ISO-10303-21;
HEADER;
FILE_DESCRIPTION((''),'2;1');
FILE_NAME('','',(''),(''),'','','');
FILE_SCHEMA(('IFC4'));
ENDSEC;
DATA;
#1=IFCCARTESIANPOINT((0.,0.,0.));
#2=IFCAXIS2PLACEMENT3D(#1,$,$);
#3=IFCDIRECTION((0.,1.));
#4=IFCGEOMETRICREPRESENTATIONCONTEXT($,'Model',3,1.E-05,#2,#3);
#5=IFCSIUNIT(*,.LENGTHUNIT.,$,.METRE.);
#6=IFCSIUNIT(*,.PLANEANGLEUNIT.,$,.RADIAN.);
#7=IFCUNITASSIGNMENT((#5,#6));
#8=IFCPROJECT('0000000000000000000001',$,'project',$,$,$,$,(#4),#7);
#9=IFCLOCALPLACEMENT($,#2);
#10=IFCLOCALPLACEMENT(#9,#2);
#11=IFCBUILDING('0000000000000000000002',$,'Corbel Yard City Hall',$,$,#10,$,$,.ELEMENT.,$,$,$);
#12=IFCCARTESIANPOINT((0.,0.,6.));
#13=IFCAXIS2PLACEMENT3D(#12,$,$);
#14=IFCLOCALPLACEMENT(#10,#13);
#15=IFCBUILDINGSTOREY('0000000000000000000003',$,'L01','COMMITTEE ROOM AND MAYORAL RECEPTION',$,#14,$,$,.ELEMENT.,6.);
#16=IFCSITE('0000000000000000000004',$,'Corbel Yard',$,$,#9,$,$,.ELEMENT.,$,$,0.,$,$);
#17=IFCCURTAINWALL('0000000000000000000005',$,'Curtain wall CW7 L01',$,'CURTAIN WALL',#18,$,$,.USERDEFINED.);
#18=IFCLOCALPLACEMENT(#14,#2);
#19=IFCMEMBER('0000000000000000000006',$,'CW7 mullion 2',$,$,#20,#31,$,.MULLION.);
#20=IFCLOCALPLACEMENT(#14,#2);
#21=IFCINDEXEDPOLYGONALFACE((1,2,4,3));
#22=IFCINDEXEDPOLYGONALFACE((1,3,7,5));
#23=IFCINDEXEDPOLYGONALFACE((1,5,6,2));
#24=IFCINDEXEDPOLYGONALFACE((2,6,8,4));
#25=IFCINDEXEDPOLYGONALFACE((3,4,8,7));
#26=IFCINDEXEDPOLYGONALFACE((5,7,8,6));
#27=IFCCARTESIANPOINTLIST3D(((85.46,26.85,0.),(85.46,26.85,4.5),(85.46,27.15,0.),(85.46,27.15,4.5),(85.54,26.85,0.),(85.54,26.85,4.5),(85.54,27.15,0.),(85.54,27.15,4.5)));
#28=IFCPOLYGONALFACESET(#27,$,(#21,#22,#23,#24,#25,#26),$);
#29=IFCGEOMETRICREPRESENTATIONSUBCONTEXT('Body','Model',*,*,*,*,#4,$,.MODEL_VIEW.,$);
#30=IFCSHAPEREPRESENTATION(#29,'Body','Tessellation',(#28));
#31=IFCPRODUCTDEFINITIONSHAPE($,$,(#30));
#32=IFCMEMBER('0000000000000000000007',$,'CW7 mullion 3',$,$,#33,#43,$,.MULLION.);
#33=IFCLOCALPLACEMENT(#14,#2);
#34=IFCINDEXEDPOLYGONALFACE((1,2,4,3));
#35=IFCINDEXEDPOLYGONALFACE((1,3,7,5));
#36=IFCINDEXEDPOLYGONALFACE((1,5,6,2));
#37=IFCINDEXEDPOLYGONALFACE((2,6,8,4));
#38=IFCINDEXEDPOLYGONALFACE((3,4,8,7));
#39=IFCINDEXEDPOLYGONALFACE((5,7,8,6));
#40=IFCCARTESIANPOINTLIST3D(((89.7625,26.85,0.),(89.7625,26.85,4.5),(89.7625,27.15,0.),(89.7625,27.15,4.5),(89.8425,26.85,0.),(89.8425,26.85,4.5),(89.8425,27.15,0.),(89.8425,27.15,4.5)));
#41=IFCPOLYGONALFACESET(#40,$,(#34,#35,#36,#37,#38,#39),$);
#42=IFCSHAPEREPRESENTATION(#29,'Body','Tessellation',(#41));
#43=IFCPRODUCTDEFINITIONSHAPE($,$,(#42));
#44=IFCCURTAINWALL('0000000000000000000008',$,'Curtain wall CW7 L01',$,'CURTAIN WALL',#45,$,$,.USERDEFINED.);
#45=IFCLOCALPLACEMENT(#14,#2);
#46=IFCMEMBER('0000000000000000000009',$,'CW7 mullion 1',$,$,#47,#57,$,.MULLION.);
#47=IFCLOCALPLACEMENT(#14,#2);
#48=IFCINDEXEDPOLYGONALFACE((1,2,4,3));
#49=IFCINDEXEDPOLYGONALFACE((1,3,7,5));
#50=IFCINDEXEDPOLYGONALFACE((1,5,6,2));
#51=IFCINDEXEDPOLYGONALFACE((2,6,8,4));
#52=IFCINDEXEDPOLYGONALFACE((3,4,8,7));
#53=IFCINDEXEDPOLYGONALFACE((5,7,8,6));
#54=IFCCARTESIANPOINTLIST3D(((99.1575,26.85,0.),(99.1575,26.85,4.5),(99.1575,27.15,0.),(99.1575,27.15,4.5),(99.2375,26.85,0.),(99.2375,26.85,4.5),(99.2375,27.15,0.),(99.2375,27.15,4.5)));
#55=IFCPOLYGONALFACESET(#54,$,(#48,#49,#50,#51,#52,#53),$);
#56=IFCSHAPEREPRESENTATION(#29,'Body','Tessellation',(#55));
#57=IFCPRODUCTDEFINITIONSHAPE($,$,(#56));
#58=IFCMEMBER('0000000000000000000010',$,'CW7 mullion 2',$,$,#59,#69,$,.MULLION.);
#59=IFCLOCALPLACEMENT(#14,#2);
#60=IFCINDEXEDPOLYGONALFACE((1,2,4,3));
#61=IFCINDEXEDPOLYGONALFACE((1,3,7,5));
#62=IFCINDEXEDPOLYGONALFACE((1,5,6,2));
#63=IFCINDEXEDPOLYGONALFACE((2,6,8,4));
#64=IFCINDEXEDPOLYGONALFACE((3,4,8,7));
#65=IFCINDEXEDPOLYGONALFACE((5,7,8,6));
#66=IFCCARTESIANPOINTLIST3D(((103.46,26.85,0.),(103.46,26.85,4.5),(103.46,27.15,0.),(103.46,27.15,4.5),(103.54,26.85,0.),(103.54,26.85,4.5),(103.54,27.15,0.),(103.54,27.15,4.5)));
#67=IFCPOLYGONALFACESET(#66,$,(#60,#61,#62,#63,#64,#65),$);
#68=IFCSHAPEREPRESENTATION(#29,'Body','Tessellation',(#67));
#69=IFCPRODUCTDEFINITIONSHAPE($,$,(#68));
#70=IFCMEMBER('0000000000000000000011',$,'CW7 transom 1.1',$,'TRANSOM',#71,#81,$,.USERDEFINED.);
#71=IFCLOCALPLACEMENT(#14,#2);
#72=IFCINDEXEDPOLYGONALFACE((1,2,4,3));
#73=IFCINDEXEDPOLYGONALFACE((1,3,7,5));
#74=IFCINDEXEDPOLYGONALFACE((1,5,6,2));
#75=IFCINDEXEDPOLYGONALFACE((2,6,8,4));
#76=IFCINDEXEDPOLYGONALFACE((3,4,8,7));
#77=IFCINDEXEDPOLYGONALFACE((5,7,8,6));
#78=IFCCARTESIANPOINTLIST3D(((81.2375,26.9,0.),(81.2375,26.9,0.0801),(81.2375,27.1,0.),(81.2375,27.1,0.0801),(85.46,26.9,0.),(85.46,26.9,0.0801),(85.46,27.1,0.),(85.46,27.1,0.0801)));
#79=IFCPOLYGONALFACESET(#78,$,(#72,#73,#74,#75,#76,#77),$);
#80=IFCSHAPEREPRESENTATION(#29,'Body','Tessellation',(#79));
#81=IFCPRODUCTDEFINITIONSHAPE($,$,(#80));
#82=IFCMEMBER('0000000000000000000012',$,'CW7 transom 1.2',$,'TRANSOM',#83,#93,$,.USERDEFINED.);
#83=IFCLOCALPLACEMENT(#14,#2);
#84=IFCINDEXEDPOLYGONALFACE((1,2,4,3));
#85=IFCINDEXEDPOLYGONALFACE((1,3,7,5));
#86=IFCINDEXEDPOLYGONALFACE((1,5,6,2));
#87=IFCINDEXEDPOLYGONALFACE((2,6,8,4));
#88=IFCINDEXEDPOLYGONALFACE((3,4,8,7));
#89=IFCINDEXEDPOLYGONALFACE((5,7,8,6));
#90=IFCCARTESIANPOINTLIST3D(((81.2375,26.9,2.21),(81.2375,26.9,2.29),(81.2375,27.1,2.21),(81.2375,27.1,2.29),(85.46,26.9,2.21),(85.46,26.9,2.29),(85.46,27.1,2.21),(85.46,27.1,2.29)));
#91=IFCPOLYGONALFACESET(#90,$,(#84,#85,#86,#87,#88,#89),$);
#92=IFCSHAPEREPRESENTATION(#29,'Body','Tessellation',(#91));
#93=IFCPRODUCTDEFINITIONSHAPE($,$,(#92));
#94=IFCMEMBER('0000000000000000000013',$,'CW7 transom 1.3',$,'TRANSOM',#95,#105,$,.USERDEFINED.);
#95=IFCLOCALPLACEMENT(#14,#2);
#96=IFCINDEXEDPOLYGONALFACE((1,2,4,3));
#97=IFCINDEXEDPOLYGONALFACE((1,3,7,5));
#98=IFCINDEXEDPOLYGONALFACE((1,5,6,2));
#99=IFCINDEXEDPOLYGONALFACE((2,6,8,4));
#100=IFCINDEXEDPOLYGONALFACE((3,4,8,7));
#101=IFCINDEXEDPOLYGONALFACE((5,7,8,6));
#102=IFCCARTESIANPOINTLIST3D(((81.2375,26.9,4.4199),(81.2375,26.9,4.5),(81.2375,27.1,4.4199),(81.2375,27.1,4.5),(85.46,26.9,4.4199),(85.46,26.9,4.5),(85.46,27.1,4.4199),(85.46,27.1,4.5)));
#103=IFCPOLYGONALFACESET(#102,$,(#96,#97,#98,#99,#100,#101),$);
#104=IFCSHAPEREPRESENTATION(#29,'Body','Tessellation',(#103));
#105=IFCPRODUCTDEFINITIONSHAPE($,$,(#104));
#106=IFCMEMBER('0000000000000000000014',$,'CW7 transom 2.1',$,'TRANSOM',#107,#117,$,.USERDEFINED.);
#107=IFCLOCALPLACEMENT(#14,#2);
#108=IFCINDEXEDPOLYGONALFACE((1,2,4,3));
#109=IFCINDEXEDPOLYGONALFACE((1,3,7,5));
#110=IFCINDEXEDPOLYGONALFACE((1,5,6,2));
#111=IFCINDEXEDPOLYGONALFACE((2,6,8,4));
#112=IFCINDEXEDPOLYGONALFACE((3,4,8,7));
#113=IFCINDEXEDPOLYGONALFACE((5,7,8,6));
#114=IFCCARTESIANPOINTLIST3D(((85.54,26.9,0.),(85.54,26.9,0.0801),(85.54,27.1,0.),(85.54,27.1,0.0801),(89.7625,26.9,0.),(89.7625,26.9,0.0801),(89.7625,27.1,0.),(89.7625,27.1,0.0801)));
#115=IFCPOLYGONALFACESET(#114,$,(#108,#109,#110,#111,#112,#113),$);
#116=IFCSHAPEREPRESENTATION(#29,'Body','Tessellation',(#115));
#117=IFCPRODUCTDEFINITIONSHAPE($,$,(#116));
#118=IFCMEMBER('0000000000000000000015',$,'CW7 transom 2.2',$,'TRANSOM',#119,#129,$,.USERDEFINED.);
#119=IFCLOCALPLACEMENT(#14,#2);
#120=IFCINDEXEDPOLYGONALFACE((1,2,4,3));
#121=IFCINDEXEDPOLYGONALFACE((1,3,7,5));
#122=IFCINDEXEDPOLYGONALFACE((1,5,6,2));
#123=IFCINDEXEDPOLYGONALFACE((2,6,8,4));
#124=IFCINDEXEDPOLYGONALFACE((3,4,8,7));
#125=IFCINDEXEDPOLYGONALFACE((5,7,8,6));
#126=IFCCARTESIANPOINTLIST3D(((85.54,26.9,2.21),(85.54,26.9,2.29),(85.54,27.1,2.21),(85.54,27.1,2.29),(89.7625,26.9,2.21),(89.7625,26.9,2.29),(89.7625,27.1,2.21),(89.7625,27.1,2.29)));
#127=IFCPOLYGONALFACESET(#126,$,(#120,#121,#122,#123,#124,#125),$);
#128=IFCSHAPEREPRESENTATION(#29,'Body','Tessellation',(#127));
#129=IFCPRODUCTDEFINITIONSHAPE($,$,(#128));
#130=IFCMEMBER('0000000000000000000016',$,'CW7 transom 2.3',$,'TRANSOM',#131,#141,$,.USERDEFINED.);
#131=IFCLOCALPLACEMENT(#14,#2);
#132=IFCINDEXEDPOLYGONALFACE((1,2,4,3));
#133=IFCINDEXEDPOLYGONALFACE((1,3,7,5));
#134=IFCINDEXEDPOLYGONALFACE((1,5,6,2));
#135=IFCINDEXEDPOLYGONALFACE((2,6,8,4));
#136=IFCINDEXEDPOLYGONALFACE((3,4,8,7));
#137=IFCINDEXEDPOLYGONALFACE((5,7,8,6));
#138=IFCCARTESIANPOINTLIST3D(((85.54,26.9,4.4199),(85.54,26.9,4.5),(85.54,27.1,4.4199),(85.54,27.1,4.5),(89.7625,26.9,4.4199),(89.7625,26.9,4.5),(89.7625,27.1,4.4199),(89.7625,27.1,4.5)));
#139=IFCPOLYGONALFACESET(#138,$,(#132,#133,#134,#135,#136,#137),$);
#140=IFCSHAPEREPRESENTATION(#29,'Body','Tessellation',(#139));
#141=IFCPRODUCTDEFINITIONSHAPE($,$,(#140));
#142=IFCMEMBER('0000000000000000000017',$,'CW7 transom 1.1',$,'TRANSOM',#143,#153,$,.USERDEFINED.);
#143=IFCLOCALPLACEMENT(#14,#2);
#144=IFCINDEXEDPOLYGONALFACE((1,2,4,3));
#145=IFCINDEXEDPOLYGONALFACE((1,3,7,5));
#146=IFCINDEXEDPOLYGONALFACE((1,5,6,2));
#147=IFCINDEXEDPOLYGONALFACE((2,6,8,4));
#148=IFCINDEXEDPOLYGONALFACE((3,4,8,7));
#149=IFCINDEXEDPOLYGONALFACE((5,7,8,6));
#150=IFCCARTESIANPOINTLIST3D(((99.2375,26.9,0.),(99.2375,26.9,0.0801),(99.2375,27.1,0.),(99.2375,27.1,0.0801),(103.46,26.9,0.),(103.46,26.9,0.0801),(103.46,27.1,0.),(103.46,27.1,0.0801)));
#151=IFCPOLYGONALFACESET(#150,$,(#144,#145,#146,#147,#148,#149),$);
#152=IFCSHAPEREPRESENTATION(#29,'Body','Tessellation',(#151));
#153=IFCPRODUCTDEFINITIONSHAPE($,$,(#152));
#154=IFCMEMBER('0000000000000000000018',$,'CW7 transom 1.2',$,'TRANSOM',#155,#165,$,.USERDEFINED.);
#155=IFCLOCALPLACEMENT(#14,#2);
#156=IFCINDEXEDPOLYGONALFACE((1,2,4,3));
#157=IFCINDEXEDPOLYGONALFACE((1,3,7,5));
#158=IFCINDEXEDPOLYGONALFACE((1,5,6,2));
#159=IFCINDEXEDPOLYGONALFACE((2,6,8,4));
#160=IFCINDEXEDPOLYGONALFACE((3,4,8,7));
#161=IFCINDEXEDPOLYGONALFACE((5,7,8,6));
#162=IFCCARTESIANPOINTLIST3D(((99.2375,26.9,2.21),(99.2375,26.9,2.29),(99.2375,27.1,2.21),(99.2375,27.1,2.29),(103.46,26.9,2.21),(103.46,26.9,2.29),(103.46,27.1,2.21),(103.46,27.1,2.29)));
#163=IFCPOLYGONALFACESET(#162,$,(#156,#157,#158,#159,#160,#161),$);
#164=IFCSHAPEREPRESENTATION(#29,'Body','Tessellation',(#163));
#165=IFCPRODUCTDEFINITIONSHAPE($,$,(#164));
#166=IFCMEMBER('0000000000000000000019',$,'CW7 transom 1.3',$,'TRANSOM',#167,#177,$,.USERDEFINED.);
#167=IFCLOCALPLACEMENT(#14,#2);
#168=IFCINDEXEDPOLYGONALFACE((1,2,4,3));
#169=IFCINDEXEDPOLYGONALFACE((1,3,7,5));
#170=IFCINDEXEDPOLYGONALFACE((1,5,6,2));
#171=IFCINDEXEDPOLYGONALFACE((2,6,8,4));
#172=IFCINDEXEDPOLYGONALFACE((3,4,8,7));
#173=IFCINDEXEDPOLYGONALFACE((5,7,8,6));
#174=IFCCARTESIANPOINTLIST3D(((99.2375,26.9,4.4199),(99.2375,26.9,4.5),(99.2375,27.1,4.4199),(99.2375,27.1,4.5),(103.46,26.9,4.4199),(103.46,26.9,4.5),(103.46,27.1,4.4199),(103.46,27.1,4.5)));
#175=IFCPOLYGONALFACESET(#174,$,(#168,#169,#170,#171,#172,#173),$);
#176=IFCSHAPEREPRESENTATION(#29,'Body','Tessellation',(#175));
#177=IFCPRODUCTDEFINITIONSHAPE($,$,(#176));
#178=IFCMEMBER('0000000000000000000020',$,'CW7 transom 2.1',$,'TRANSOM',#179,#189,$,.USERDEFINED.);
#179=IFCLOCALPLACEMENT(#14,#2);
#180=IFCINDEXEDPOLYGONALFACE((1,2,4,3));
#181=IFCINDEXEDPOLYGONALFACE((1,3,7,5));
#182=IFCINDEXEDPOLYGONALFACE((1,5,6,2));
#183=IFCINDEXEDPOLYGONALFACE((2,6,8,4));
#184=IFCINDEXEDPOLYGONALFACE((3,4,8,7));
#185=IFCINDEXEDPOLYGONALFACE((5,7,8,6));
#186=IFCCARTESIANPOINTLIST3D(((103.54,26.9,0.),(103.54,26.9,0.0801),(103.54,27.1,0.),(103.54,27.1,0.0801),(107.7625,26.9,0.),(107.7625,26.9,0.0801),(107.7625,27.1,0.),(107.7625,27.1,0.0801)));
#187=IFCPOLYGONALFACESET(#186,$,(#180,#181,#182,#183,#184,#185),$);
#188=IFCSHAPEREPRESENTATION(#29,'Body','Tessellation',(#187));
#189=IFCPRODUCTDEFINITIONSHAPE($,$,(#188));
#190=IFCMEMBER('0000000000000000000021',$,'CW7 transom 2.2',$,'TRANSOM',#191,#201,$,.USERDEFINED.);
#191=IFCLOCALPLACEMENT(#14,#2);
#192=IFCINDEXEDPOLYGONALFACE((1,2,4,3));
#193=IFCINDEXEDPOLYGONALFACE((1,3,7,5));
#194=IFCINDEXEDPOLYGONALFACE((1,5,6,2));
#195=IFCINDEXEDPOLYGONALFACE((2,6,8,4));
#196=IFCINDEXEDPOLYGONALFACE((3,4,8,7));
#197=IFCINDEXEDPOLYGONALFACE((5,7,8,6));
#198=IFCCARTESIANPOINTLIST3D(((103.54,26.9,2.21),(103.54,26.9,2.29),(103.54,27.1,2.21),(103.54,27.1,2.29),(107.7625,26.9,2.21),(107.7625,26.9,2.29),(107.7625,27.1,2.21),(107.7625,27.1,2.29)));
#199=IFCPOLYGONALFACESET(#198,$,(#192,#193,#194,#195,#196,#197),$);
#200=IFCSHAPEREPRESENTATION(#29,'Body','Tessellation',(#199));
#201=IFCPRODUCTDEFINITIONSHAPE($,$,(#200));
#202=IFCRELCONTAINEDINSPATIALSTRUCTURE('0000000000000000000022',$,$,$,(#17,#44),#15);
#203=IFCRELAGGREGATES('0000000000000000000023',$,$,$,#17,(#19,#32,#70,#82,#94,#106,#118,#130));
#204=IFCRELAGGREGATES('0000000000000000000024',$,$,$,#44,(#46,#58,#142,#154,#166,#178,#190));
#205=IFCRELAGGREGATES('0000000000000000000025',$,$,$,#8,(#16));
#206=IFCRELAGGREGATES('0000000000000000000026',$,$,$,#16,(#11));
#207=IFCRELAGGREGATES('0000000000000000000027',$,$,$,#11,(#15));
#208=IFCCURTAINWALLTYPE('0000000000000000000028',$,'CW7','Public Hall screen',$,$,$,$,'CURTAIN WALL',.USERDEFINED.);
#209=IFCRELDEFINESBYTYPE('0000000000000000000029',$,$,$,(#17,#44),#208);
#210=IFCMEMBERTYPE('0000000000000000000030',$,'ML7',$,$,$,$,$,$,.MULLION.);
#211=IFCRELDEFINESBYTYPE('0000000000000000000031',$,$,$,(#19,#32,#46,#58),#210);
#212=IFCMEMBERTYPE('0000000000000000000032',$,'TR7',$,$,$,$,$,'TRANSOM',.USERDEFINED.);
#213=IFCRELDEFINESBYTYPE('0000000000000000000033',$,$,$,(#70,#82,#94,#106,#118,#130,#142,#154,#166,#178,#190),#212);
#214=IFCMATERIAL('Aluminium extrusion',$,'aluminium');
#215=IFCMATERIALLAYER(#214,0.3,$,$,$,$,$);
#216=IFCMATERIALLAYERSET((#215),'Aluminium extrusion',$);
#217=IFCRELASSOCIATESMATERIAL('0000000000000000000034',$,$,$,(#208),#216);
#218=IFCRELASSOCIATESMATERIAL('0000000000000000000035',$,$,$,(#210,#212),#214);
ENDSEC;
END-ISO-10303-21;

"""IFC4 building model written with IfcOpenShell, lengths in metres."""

from ifc_helpers import new_model, si_unit, direction, frame, origin, origin_2d, place, context, subcontext, project, spatial, rectangle, extrude, material, layer, layer_set, material_profile, profile_set, type_object, element, aggregate, save


model = new_model("IFC4")

# Units and contexts
model_context = context("Model", 3, precision=1e-05, world=origin(), true_north=direction((0.0, 1.0)))
body_context = subcontext(model_context, "Body", "Model", "MODEL_VIEW")
ifc_project = project(units=[si_unit("LENGTHUNIT", "METRE"), si_unit("PLANEANGLEUNIT", "RADIAN")], contexts=[model_context])

# Site, building, storey
site_placement = place(None, origin())
site = spatial("IfcSite", under=ifc_project, at=site_placement, Name="Corbel Yard", CompositionType="ELEMENT", RefElevation=0.0)
building_placement = place(site_placement, origin())
building = spatial("IfcBuilding", under=site, at=building_placement, Name="Corbel Yard City Hall", CompositionType="ELEMENT")
storey_placement = place(building_placement, frame((0.0, 0.0, 6.0)))
storey = spatial("IfcBuildingStorey", under=building, at=storey_placement, Name="L01", Description="COMMITTEE ROOM AND MAYORAL RECEPTION", CompositionType="ELEMENT", Elevation=6.0)

# Curtain walls, members
ifc_material_1 = material(Name="Aluminium extrusion", Category="aluminium")
ifc_layer_1 = layer(ifc_material_1, 0.3)
ifc_layer_set_1 = layer_set([ifc_layer_1], Name="Aluminium extrusion")
curtain_wall_type = type_object("IfcCurtainWallType", Name="CW7", Description="Public Hall screen", ElementType="CURTAIN WALL", PredefinedType="USERDEFINED", material=ifc_layer_set_1)
curtain_wall_1_placement = place(storey_placement, origin())
curtain_wall_1 = element("IfcCurtainWall", 1, at=curtain_wall_1_placement, inside=storey, type_object=curtain_wall_type, Name="Curtain wall CW7 L01", ObjectType="CURTAIN WALL", PredefinedType="USERDEFINED")
ifc_material_profile_1 = material_profile(ifc_material_1, rectangle(XDim=0.3, YDim=0.0801, at=origin_2d()), Name="300x80")
ifc_profile_set_1 = profile_set([ifc_material_profile_1], Name="Aluminium extrusion")
member_type_1 = type_object("IfcMemberType", Name="ML7", PredefinedType="MULLION", material=ifc_profile_set_1)
member_1_placement = place(storey_placement, frame((85.5, 27.0, 0.0), z_axis=(0.0, 0.0, 1.0), x_axis=(0.0, 1.0, 0.0)))
member_1 = element("IfcMember", 2, at=member_1_placement, type_object=member_type_1, Name="CW7 mullion 2", PredefinedType="MULLION", context=body_context, shape_type="SweptSolid", body=[
    extrude(rectangle(XDim=0.3, YDim=0.0801, at=origin_2d()), origin(), (0.0, 0.0, 1.0), 4.5),
])
member_2_placement = place(storey_placement, frame((89.8025, 27.0, 0.0), z_axis=(0.0, 0.0, 1.0), x_axis=(0.0, 1.0, 0.0)))
member_2 = element("IfcMember", 3, at=member_2_placement, type_object=member_type_1, Name="CW7 mullion 3", PredefinedType="MULLION", context=body_context, shape_type="SweptSolid", body=[
    extrude(rectangle(XDim=0.3, YDim=0.0801, at=origin_2d()), origin(), (0.0, 0.0, 1.0), 4.5),
])
curtain_wall_2_placement = place(storey_placement, origin())
curtain_wall_2 = element("IfcCurtainWall", 4, at=curtain_wall_2_placement, inside=storey, type_object=curtain_wall_type, Name="Curtain wall CW7 L01", ObjectType="CURTAIN WALL", PredefinedType="USERDEFINED")
member_3_placement = place(storey_placement, frame((99.1975, 27.0, 0.0), z_axis=(0.0, 0.0, 1.0), x_axis=(0.0, 1.0, 0.0)))
member_3 = element("IfcMember", 5, at=member_3_placement, type_object=member_type_1, Name="CW7 mullion 1", PredefinedType="MULLION", context=body_context, shape_type="SweptSolid", body=[
    extrude(rectangle(XDim=0.3, YDim=0.0801, at=origin_2d()), origin(), (0.0, 0.0, 1.0), 4.5),
])
member_4_placement = place(storey_placement, frame((103.5, 27.0, 0.0), z_axis=(0.0, 0.0, 1.0), x_axis=(0.0, 1.0, 0.0)))
member_4 = element("IfcMember", 6, at=member_4_placement, type_object=member_type_1, Name="CW7 mullion 2", PredefinedType="MULLION", context=body_context, shape_type="SweptSolid", body=[
    extrude(rectangle(XDim=0.3, YDim=0.0801, at=origin_2d()), origin(), (0.0, 0.0, 1.0), 4.5),
])

# Members
ifc_material_profile_2 = material_profile(ifc_material_1, rectangle(XDim=0.2, YDim=0.0801, at=origin_2d()), Name="200x80")
ifc_profile_set_2 = profile_set([ifc_material_profile_2], Name="Aluminium extrusion")
member_type_2 = type_object("IfcMemberType", Name="TR7", ElementType="TRANSOM", PredefinedType="USERDEFINED", material=ifc_profile_set_2)
member_5_placement = place(storey_placement, frame((81.2375, 27.0, 0.04), z_axis=(1.0, 0.0, 0.0), x_axis=(0.0, 1.0, 0.0)))
member_5 = element("IfcMember", 7, at=member_5_placement, type_object=member_type_2, Name="CW7 transom 1.1", ObjectType="TRANSOM", PredefinedType="USERDEFINED", context=body_context, shape_type="SweptSolid", body=[
    extrude(rectangle(XDim=0.2, YDim=0.0801, at=origin_2d()), origin(), (0.0, 0.0, 1.0), 4.2224),
])
member_6_placement = place(storey_placement, frame((81.2375, 27.0, 2.25), z_axis=(1.0, 0.0, 0.0), x_axis=(0.0, 1.0, 0.0)))
member_6 = element("IfcMember", 8, at=member_6_placement, type_object=member_type_2, Name="CW7 transom 1.2", ObjectType="TRANSOM", PredefinedType="USERDEFINED", context=body_context, shape_type="SweptSolid", body=[
    extrude(rectangle(XDim=0.2, YDim=0.0801, at=origin_2d()), origin(), (0.0, 0.0, 1.0), 4.2224),
])
member_7_placement = place(storey_placement, frame((81.2375, 27.0, 4.46), z_axis=(1.0, 0.0, 0.0), x_axis=(0.0, 1.0, 0.0)))
member_7 = element("IfcMember", 9, at=member_7_placement, type_object=member_type_2, Name="CW7 transom 1.3", ObjectType="TRANSOM", PredefinedType="USERDEFINED", context=body_context, shape_type="SweptSolid", body=[
    extrude(rectangle(XDim=0.2, YDim=0.0801, at=origin_2d()), origin(), (0.0, 0.0, 1.0), 4.2224),
])
member_8_placement = place(storey_placement, frame((85.54, 27.0, 0.04), z_axis=(1.0, 0.0, 0.0), x_axis=(0.0, 1.0, 0.0)))
member_8 = element("IfcMember", 10, at=member_8_placement, type_object=member_type_2, Name="CW7 transom 2.1", ObjectType="TRANSOM", PredefinedType="USERDEFINED", context=body_context, shape_type="SweptSolid", body=[
    extrude(rectangle(XDim=0.2, YDim=0.0801, at=origin_2d()), origin(), (0.0, 0.0, 1.0), 4.2224),
])
member_9_placement = place(storey_placement, frame((85.54, 27.0, 2.25), z_axis=(1.0, 0.0, 0.0), x_axis=(0.0, 1.0, 0.0)))
member_9 = element("IfcMember", 11, at=member_9_placement, type_object=member_type_2, Name="CW7 transom 2.2", ObjectType="TRANSOM", PredefinedType="USERDEFINED", context=body_context, shape_type="SweptSolid", body=[
    extrude(rectangle(XDim=0.2, YDim=0.0801, at=origin_2d()), origin(), (0.0, 0.0, 1.0), 4.2224),
])
member_10_placement = place(storey_placement, frame((85.54, 27.0, 4.46), z_axis=(1.0, 0.0, 0.0), x_axis=(0.0, 1.0, 0.0)))
member_10 = element("IfcMember", 12, at=member_10_placement, type_object=member_type_2, Name="CW7 transom 2.3", ObjectType="TRANSOM", PredefinedType="USERDEFINED", context=body_context, shape_type="SweptSolid", body=[
    extrude(rectangle(XDim=0.2, YDim=0.0801, at=origin_2d()), origin(), (0.0, 0.0, 1.0), 4.2224),
])
member_11_placement = place(storey_placement, frame((99.2375, 27.0, 0.04), z_axis=(1.0, 0.0, 0.0), x_axis=(0.0, 1.0, 0.0)))
member_11 = element("IfcMember", 13, at=member_11_placement, type_object=member_type_2, Name="CW7 transom 1.1", ObjectType="TRANSOM", PredefinedType="USERDEFINED", context=body_context, shape_type="SweptSolid", body=[
    extrude(rectangle(XDim=0.2, YDim=0.0801, at=origin_2d()), origin(), (0.0, 0.0, 1.0), 4.2224),
])
member_12_placement = place(storey_placement, frame((99.2375, 27.0, 2.25), z_axis=(1.0, 0.0, 0.0), x_axis=(0.0, 1.0, 0.0)))
member_12 = element("IfcMember", 14, at=member_12_placement, type_object=member_type_2, Name="CW7 transom 1.2", ObjectType="TRANSOM", PredefinedType="USERDEFINED", context=body_context, shape_type="SweptSolid", body=[
    extrude(rectangle(XDim=0.2, YDim=0.0801, at=origin_2d()), origin(), (0.0, 0.0, 1.0), 4.2224),
])
member_13_placement = place(storey_placement, frame((99.2375, 27.0, 4.46), z_axis=(1.0, 0.0, 0.0), x_axis=(0.0, 1.0, 0.0)))
member_13 = element("IfcMember", 15, at=member_13_placement, type_object=member_type_2, Name="CW7 transom 1.3", ObjectType="TRANSOM", PredefinedType="USERDEFINED", context=body_context, shape_type="SweptSolid", body=[
    extrude(rectangle(XDim=0.2, YDim=0.0801, at=origin_2d()), origin(), (0.0, 0.0, 1.0), 4.2224),
])
member_14_placement = place(storey_placement, frame((103.54, 27.0, 0.04), z_axis=(1.0, 0.0, 0.0), x_axis=(0.0, 1.0, 0.0)))
member_14 = element("IfcMember", 16, at=member_14_placement, type_object=member_type_2, Name="CW7 transom 2.1", ObjectType="TRANSOM", PredefinedType="USERDEFINED", context=body_context, shape_type="SweptSolid", body=[
    extrude(rectangle(XDim=0.2, YDim=0.0801, at=origin_2d()), origin(), (0.0, 0.0, 1.0), 4.2224),
])
member_15_placement = place(storey_placement, frame((103.54, 27.0, 2.25), z_axis=(1.0, 0.0, 0.0), x_axis=(0.0, 1.0, 0.0)))
member_15 = element("IfcMember", 17, at=member_15_placement, type_object=member_type_2, Name="CW7 transom 2.2", ObjectType="TRANSOM", PredefinedType="USERDEFINED", context=body_context, shape_type="SweptSolid", body=[
    extrude(rectangle(XDim=0.2, YDim=0.0801, at=origin_2d()), origin(), (0.0, 0.0, 1.0), 4.2224),
])

aggregate(curtain_wall_1, [member_1, member_2, member_5, member_6, member_7, member_8, member_9, member_10])
aggregate(curtain_wall_2, [member_3, member_4, member_11, member_12, member_13, member_14, member_15])

save(model, "model.ifc")
